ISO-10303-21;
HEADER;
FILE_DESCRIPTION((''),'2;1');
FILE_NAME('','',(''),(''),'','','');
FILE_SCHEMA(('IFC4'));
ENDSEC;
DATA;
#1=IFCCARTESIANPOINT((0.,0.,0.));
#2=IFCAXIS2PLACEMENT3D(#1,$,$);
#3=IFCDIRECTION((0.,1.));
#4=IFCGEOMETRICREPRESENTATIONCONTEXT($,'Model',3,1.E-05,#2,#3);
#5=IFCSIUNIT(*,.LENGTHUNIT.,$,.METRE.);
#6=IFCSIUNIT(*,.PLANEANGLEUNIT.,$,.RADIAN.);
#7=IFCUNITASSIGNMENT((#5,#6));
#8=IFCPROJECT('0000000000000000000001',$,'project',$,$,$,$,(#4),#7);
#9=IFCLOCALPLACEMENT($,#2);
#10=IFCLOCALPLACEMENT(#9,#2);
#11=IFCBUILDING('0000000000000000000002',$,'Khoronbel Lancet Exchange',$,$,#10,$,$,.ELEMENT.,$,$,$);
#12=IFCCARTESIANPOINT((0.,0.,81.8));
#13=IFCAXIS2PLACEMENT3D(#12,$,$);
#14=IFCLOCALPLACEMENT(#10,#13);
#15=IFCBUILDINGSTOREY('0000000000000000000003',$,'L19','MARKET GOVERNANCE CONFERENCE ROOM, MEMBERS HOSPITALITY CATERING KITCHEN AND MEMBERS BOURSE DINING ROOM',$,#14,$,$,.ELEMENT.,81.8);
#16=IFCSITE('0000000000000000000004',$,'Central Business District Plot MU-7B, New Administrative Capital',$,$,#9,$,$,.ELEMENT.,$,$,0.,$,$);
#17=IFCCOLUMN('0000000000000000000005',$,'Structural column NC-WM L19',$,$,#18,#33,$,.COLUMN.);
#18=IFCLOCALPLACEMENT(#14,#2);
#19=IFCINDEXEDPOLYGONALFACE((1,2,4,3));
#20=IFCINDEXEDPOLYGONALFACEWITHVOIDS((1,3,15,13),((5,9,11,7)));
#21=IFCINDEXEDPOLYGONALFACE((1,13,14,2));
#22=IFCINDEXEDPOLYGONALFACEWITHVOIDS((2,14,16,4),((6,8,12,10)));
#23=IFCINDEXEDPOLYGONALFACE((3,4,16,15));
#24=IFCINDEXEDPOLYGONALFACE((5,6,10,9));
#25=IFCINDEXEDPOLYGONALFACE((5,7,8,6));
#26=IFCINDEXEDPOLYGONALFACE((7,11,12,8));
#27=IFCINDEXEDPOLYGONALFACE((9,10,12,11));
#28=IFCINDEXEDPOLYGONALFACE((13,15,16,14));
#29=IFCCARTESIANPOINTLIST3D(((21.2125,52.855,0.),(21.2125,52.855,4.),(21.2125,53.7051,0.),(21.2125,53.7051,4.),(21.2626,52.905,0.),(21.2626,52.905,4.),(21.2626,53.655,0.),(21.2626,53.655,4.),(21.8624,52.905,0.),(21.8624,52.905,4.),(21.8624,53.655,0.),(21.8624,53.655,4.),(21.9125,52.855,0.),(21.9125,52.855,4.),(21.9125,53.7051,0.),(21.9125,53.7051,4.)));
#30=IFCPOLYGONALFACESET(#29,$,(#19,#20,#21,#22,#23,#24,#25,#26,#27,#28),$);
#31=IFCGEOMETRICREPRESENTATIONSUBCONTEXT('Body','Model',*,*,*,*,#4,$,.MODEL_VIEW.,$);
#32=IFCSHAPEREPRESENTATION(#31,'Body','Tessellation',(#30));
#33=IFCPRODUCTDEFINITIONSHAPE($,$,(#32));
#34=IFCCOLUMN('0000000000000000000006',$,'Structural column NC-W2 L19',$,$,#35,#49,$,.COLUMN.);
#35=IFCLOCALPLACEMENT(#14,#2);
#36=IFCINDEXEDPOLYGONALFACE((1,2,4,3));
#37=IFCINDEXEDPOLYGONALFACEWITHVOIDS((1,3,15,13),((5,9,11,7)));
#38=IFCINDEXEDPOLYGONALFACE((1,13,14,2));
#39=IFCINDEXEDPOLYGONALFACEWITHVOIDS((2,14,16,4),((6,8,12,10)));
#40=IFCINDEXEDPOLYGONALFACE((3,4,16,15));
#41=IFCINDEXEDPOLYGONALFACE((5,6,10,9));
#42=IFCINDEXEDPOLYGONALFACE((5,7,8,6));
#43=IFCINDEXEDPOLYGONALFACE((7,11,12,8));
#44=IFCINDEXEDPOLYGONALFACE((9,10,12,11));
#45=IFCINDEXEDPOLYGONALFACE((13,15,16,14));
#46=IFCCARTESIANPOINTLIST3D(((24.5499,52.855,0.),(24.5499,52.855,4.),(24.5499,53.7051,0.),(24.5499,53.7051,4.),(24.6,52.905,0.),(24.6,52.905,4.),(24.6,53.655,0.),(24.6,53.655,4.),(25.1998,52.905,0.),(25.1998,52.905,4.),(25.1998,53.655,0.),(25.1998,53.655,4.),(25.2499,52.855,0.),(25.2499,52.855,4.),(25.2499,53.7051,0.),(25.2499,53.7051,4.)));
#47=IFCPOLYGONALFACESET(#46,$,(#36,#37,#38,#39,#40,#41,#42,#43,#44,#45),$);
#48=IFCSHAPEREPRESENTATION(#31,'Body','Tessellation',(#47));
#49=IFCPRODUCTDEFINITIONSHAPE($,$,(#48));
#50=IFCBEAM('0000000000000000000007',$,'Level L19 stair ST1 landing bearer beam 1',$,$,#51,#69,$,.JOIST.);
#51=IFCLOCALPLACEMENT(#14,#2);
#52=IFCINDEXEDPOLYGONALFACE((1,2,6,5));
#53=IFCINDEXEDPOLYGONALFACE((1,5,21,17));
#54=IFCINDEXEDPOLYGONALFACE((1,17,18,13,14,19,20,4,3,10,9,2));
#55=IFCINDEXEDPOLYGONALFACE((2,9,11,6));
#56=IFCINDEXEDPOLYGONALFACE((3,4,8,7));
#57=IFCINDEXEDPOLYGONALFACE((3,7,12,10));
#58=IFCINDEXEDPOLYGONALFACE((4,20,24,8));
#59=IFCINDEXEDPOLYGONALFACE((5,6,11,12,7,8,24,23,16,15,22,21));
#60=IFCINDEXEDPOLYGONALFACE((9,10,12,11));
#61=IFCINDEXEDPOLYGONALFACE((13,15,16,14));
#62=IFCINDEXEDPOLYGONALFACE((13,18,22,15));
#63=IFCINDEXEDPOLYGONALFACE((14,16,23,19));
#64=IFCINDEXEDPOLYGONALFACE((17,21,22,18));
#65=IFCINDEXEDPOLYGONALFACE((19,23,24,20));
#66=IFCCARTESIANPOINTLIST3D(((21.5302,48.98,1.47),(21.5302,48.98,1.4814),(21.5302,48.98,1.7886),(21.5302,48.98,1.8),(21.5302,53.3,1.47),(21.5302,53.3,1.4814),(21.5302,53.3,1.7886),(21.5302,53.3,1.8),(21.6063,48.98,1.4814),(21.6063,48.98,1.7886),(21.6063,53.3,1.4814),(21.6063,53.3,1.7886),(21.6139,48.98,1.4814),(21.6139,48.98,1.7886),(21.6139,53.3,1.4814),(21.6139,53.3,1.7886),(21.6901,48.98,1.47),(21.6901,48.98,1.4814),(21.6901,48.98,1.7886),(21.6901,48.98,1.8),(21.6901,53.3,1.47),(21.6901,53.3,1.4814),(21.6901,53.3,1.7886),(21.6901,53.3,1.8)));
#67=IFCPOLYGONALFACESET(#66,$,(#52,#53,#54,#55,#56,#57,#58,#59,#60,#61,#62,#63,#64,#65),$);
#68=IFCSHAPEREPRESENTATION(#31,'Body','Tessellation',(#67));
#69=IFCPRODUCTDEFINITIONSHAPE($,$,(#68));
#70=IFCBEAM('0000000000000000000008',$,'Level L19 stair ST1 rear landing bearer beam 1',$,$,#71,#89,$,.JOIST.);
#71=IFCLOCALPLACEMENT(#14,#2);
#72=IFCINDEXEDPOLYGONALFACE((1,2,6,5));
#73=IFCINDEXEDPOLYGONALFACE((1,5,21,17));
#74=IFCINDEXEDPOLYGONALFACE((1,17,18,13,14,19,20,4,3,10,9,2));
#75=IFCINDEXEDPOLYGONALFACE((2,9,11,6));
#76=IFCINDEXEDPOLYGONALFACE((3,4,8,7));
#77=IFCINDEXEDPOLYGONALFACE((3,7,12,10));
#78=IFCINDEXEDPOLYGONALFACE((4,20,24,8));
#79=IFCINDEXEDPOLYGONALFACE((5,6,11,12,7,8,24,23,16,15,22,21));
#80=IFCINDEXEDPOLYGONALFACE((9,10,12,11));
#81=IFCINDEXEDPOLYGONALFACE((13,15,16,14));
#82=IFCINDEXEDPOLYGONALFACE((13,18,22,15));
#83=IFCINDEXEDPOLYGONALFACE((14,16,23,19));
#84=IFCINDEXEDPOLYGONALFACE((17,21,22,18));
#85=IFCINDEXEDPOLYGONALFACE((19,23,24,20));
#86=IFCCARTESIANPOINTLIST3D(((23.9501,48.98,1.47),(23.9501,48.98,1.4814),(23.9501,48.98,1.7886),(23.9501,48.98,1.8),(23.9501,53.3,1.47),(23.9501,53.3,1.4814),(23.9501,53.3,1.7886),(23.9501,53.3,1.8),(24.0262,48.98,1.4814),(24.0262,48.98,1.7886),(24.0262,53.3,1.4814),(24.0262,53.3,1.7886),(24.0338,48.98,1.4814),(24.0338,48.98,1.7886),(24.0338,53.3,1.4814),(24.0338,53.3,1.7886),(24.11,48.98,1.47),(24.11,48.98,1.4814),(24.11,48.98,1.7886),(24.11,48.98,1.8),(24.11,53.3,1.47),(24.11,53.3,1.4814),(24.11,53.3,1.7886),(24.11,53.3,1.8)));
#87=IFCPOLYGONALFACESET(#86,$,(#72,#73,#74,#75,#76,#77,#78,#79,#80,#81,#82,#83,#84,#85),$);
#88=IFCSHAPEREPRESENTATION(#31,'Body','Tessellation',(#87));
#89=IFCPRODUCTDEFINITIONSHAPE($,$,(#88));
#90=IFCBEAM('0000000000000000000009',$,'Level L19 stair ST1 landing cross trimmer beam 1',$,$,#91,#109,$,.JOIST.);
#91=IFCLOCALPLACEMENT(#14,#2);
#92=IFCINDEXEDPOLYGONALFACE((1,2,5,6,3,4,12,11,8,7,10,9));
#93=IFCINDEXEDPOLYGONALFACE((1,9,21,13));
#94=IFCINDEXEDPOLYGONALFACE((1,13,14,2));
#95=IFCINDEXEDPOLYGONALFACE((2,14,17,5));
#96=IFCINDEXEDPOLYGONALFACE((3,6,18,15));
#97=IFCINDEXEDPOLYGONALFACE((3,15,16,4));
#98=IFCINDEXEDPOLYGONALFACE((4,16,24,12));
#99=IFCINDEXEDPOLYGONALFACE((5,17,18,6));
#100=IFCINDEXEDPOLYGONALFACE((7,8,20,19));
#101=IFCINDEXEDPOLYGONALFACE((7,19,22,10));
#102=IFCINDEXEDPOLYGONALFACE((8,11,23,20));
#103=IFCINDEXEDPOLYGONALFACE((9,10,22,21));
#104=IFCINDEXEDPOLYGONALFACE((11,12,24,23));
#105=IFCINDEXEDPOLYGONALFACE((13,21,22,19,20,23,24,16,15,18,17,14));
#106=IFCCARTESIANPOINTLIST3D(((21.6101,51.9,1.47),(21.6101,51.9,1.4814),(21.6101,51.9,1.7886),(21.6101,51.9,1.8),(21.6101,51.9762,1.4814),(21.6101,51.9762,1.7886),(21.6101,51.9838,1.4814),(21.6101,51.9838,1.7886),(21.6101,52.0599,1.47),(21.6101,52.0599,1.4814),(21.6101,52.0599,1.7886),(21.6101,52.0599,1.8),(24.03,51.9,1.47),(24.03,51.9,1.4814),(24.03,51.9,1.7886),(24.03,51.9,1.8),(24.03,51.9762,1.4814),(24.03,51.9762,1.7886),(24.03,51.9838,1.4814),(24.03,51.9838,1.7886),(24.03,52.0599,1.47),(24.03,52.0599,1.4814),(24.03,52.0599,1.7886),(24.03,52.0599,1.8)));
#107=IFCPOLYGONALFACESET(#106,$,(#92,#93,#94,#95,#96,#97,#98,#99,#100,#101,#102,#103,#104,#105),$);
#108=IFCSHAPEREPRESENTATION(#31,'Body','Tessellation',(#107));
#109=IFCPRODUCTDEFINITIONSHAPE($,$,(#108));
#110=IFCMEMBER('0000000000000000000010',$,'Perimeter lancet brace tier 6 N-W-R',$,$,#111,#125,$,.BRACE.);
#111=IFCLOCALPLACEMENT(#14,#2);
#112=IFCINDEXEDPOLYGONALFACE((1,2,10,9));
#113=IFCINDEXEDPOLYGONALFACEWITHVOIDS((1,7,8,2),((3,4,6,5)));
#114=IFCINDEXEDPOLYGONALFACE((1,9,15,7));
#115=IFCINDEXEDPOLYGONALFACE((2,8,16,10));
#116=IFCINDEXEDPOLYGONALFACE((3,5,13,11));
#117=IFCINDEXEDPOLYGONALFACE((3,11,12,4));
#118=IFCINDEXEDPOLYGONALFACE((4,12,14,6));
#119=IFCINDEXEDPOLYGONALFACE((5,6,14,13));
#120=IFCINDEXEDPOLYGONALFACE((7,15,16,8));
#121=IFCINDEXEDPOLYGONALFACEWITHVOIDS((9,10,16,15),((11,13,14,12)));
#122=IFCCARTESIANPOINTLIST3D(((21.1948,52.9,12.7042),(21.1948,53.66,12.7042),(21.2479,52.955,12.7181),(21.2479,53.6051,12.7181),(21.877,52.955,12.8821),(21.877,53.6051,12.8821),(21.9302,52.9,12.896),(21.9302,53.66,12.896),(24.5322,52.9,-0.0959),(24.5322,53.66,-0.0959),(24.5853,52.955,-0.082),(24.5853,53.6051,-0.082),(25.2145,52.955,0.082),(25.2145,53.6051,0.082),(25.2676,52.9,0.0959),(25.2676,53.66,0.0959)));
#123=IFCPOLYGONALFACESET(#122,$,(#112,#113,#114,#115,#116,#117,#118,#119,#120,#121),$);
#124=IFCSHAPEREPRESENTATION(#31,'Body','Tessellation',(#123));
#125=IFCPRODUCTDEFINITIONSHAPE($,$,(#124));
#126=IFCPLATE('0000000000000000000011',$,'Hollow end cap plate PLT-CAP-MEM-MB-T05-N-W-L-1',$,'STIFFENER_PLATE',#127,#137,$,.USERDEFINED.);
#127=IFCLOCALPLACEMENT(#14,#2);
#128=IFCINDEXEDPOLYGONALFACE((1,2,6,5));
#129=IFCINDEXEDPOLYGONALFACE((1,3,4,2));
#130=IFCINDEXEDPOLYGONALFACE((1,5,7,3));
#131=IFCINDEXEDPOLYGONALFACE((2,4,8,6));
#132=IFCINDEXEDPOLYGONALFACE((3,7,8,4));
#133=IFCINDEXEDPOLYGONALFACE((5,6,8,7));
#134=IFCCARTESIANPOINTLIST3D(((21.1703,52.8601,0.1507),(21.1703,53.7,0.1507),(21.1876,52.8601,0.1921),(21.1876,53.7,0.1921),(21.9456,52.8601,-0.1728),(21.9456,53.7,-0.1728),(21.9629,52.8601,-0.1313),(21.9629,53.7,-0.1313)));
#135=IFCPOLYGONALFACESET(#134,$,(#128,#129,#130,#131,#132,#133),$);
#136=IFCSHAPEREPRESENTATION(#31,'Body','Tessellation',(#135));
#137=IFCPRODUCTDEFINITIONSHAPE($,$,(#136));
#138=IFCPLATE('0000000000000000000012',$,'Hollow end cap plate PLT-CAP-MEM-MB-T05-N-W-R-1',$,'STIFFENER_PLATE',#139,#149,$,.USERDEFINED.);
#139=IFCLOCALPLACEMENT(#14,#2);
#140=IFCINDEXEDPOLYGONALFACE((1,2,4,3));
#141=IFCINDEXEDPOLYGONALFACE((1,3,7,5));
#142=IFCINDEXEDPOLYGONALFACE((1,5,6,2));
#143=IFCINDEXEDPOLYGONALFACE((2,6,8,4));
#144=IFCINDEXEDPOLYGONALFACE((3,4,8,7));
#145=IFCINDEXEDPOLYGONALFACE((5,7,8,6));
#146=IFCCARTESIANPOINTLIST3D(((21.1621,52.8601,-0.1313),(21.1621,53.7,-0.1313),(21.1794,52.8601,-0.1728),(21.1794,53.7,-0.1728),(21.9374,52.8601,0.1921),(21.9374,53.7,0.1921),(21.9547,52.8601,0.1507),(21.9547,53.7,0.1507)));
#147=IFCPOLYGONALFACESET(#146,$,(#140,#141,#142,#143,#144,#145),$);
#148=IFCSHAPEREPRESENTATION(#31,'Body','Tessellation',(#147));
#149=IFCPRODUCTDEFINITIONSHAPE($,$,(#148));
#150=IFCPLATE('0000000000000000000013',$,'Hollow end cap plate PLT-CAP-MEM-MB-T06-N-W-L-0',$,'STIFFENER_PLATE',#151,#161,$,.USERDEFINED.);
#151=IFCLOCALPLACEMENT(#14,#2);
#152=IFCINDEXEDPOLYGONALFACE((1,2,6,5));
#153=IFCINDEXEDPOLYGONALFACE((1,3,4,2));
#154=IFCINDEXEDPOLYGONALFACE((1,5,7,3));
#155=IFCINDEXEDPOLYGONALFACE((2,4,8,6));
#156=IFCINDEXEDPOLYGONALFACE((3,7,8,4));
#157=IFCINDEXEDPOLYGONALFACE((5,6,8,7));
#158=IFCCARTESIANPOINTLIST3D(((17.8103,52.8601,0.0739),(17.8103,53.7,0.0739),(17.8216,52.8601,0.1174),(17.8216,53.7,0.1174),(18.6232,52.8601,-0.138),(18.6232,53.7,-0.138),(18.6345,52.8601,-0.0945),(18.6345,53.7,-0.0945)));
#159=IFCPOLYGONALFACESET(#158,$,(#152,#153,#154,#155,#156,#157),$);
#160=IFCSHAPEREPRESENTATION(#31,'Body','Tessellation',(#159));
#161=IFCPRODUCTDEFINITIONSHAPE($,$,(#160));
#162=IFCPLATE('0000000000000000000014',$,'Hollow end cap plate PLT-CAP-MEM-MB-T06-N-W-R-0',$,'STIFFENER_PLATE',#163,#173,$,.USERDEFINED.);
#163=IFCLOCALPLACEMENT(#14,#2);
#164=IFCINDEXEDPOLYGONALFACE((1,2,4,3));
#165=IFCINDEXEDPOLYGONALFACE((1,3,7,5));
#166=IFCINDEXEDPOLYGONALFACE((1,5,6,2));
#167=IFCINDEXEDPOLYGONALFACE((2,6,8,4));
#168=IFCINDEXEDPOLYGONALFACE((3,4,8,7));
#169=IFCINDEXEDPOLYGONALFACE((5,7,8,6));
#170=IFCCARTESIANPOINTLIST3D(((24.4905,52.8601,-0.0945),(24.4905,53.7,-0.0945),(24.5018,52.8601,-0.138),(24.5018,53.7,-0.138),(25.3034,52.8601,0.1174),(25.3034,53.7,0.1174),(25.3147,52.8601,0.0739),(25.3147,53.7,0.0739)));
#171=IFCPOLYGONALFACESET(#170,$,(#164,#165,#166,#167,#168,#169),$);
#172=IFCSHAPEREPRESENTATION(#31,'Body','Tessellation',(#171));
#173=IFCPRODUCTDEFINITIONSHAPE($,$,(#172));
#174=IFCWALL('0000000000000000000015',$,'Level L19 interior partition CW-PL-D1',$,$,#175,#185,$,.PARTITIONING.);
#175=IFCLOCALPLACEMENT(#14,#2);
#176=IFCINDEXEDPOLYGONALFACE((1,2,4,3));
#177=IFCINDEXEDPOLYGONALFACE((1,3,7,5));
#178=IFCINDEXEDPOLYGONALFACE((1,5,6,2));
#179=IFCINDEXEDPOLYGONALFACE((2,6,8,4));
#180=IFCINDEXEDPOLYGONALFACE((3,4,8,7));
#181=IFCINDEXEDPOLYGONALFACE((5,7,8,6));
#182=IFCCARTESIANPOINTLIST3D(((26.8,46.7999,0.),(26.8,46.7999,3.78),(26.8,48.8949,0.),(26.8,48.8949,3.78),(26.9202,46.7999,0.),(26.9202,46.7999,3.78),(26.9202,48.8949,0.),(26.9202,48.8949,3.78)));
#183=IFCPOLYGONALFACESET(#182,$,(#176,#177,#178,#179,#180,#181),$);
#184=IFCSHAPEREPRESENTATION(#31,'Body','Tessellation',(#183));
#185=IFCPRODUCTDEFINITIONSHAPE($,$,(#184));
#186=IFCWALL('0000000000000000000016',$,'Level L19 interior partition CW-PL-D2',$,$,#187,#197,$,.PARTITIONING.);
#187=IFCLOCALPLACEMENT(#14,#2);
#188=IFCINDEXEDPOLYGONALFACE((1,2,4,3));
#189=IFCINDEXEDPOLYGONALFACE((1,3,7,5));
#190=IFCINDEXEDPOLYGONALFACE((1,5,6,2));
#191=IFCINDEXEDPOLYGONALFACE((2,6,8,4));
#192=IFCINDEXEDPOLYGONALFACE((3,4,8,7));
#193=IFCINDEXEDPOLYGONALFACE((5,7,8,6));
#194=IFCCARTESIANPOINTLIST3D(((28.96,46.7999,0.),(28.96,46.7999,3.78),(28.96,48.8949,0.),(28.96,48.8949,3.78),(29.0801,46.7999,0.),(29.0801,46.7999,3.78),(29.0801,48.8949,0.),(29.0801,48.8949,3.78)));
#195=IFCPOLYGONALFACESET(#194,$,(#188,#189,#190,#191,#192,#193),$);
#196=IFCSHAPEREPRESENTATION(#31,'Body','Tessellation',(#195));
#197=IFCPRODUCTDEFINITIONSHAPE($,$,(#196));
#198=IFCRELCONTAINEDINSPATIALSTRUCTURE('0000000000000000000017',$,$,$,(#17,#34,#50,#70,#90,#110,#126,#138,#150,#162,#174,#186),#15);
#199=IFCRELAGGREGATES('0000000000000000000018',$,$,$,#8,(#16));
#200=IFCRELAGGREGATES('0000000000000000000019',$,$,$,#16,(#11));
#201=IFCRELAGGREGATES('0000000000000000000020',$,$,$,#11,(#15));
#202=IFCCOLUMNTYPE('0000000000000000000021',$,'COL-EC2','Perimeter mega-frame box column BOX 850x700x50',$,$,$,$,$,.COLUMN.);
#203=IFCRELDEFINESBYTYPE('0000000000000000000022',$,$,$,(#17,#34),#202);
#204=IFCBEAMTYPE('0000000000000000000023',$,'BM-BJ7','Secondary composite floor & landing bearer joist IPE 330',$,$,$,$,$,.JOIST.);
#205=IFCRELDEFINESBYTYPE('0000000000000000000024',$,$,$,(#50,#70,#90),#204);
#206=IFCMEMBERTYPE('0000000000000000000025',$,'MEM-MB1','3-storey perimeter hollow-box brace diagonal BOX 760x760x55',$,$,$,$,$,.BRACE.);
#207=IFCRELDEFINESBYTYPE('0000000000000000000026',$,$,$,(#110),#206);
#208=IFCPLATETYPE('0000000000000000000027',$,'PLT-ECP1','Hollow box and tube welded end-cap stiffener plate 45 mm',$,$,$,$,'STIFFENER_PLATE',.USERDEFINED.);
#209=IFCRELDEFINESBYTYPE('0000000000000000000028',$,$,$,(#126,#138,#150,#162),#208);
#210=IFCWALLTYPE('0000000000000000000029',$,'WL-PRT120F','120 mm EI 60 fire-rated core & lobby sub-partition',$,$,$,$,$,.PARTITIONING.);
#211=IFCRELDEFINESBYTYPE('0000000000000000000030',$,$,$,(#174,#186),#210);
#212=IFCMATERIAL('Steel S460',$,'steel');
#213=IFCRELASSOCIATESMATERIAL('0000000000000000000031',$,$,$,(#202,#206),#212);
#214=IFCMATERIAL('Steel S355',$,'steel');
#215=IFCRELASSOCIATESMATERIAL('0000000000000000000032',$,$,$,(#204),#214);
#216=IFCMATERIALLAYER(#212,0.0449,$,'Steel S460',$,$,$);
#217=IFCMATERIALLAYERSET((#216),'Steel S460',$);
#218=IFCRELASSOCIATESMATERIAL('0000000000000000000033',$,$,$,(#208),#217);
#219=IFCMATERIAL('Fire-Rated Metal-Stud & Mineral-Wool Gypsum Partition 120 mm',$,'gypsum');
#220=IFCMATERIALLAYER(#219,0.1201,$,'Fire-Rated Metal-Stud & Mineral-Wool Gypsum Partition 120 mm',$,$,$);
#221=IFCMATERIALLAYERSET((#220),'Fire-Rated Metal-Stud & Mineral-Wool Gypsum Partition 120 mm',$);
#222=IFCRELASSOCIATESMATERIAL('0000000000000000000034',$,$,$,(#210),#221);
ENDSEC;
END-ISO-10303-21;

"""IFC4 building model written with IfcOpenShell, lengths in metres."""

from ifc_helpers import new_model, si_unit, direction, frame, frame_2d, origin, origin_2d, place, context, subcontext, project, spatial, polyline, rectangle, hollow_rectangle, i_section, outline, extrude, material, layer, layer_set, material_profile, profile_set, type_object, element, save


model = new_model("IFC4")

# Units and contexts
model_context = context("Model", 3, precision=1e-05, world=origin(), true_north=direction((0.0, 1.0)))
body_context = subcontext(model_context, "Body", "Model", "MODEL_VIEW")
ifc_project = project(units=[si_unit("LENGTHUNIT", "METRE"), si_unit("PLANEANGLEUNIT", "RADIAN")], contexts=[model_context])

# Site, building, storey
site_placement = place(None, origin())
site = spatial("IfcSite", under=ifc_project, at=site_placement, Name="Central Business District Plot MU-7B, New Administrative Capital", CompositionType="ELEMENT", RefElevation=0.0)
building_placement = place(site_placement, origin())
building = spatial("IfcBuilding", under=site, at=building_placement, Name="Khoronbel Lancet Exchange", CompositionType="ELEMENT")
storey_placement = place(building_placement, frame((0.0, 0.0, 81.8)))
storey = spatial("IfcBuildingStorey", under=building, at=storey_placement, Name="L19", Description="MARKET GOVERNANCE CONFERENCE ROOM, MEMBERS HOSPITALITY CATERING KITCHEN AND MEMBERS BOURSE DINING ROOM", CompositionType="ELEMENT", Elevation=81.8)

# Columns
ifc_material_1 = material(Name="Steel S460", Category="steel")
ifc_material_profile_1 = material_profile(ifc_material_1, hollow_rectangle(XDim=0.7, YDim=0.8501, WallThickness=0.05, at=origin_2d()), Name="BOX 850x700x50")
ifc_profile_set_1 = profile_set([ifc_material_profile_1], Name="Steel S460")
column_type = type_object("IfcColumnType", Name="COL-EC2", Description="Perimeter mega-frame box column BOX 850x700x50", PredefinedType="COLUMN", material=ifc_profile_set_1)
for number, where, z_axis, x_axis, name in (
    (1, (21.5625, 53.28, 0.0), (0.0, 0.0, 1.0), (1.0, 0.0, 0.0), "Structural column NC-WM L19"),
    (2, (24.8999, 53.28, 0.0), (0.0, 0.0, 1.0), (1.0, 0.0, 0.0), "Structural column NC-W2 L19"),
):
    element("IfcColumn", number, at=place(storey_placement, frame(where, z_axis=z_axis, x_axis=x_axis)), inside=storey, type_object=column_type, Name=name, PredefinedType="COLUMN", context=body_context, shape_type="SweptSolid", body=[
        extrude(hollow_rectangle(XDim=0.7, YDim=0.8501, WallThickness=0.05, at=origin_2d()), origin(), (0.0, 0.0, 1.0), 4.0),
    ])

# Beams
ifc_material_2 = material(Name="Steel S355", Category="steel")
ifc_material_profile_2 = material_profile(ifc_material_2, i_section(OverallWidth=0.1599, OverallDepth=0.3301, WebThickness=0.0076, FlangeThickness=0.0115, at=origin_2d()), Name="IPE 330")
ifc_profile_set_2 = profile_set([ifc_material_profile_2], Name="Steel S355")
beam_type = type_object("IfcBeamType", Name="BM-BJ7", Description="Secondary composite floor & landing bearer joist IPE 330", PredefinedType="JOIST", material=ifc_profile_set_2)
for number, where, z_axis, x_axis, name in (
    (3, (21.6101, 48.98, 1.635), (0.0, 1.0, 0.0), (-1.0, 0.0, 0.0), "Level L19 stair ST1 landing bearer beam 1"),
    (4, (24.03, 48.98, 1.635), (0.0, 1.0, 0.0), (-1.0, 0.0, 0.0), "Level L19 stair ST1 rear landing bearer beam 1"),
):
    element("IfcBeam", number, at=place(storey_placement, frame(where, z_axis=z_axis, x_axis=x_axis)), inside=storey, type_object=beam_type, Name=name, PredefinedType="JOIST", context=body_context, shape_type="SweptSolid", body=[
        extrude(i_section(OverallWidth=0.1599, OverallDepth=0.3301, WebThickness=0.0076, FlangeThickness=0.0115, at=origin_2d()), origin(), (0.0, 0.0, 1.0), 4.3201),
    ])
beam_placement = place(storey_placement, frame((21.6101, 51.98, 1.635), z_axis=(1.0, 0.0, 0.0), x_axis=(0.0, 1.0, 0.0)))
element("IfcBeam", 5, at=beam_placement, inside=storey, type_object=beam_type, Name="Level L19 stair ST1 landing cross trimmer beam 1", PredefinedType="JOIST", context=body_context, shape_type="SweptSolid", body=[
    extrude(i_section(OverallWidth=0.1599, OverallDepth=0.3301, WebThickness=0.0076, FlangeThickness=0.0115, at=origin_2d()), origin(), (0.0, 0.0, 1.0), 2.4199),
])

# Member
ifc_material_profile_3 = material_profile(ifc_material_1, hollow_rectangle(XDim=0.76, YDim=0.76, WallThickness=0.0549, at=origin_2d()), Name="BOX 760x760x55")
ifc_profile_set_3 = profile_set([ifc_material_profile_3], Name="Steel S460")
member_type = type_object("IfcMemberType", Name="MEM-MB1", Description="3-storey perimeter hollow-box brace diagonal BOX 760x760x55", PredefinedType="BRACE", material=ifc_profile_set_3)
member_placement = place(storey_placement, frame((24.8999, 53.28, 0.0), z_axis=(-0.252299, 0.0, 0.967649), x_axis=(0.0, -1.0, 0.0)))
element("IfcMember", 6, at=member_placement, inside=storey, type_object=member_type, Name="Perimeter lancet brace tier 6 N-W-R", PredefinedType="BRACE", context=body_context, shape_type="SweptSolid", body=[
    extrude(hollow_rectangle(XDim=0.76, YDim=0.76, WallThickness=0.0549, at=origin_2d()), origin(), (0.0, 0.0, 1.0), 13.228),
])

# Plates
ifc_layer_1 = layer(ifc_material_1, 0.0449, Name="Steel S460")
ifc_layer_set_1 = layer_set([ifc_layer_1], Name="Steel S460")
plate_type = type_object("IfcPlateType", Name="PLT-ECP1", Description="Hollow box and tube welded end-cap stiffener plate 45 mm", ElementType="STIFFENER_PLATE", PredefinedType="USERDEFINED", material=ifc_layer_set_1)
for number, where, z_axis, x_axis, name in (
    (7, (21.9629, 52.8601, -0.1313), (0.385028, 0.0, 0.922905), (0.0, 1.0, 0.0), "Hollow end cap plate PLT-CAP-MEM-MB-T05-N-W-L-1"),
    (8, (21.1621, 53.7, -0.1313), (-0.385028, 0.0, 0.922905), (0.0, -1.0, 0.0), "Hollow end cap plate PLT-CAP-MEM-MB-T05-N-W-R-1"),
    (9, (18.6345, 52.8601, -0.0945), (0.252233, 0.0, 0.967667), (0.0, 1.0, 0.0), "Hollow end cap plate PLT-CAP-MEM-MB-T06-N-W-L-0"),
    (10, (24.4905, 53.7, -0.0945), (-0.252233, 0.0, 0.967667), (0.0, -1.0, 0.0), "Hollow end cap plate PLT-CAP-MEM-MB-T06-N-W-R-0"),
):
    element("IfcPlate", number, at=place(storey_placement, frame(where, z_axis=z_axis, x_axis=x_axis)), inside=storey, type_object=plate_type, Name=name, ObjectType="STIFFENER_PLATE", PredefinedType="USERDEFINED", context=body_context, shape_type="SweptSolid", body=[
        extrude(outline(polyline([(0.0, 0.0), (0.8398, 0.0), (0.8398, 0.8401), (0.0, 0.8401), (0.0, 0.0)])), origin(), (0.0, 0.0, -1.0), 0.0449),
    ])

# Walls
ifc_material_3 = material(Name="Fire-Rated Metal-Stud & Mineral-Wool Gypsum Partition 120 mm", Category="gypsum")
ifc_layer_2 = layer(ifc_material_3, 0.1201, Name="Fire-Rated Metal-Stud & Mineral-Wool Gypsum Partition 120 mm")
ifc_layer_set_2 = layer_set([ifc_layer_2], Name="Fire-Rated Metal-Stud & Mineral-Wool Gypsum Partition 120 mm")
wall_type_1 = type_object("IfcWallType", Name="WL-PRT120F", Description="120 mm EI 60 fire-rated core & lobby sub-partition", PredefinedType="PARTITIONING", material=ifc_layer_set_2)
for number, where, z_axis, x_axis, name in (
    (11, (26.8601, 46.8, 0.0), (0.0, 0.0, 1.0), (0.0, 1.0, 0.0), "Level L19 interior partition CW-PL-D1"),
    (12, (29.02, 46.8, 0.0), (0.0, 0.0, 1.0), (0.0, 1.0, 0.0), "Level L19 interior partition CW-PL-D2"),
):
    element("IfcWall", number, at=place(storey_placement, frame(where, z_axis=z_axis, x_axis=x_axis)), inside=storey, type_object=wall_type_1, Name=name, PredefinedType="PARTITIONING", context=body_context, shape_type="SweptSolid", body=[
        extrude(rectangle(XDim=2.095, YDim=0.1201, at=frame_2d((1.0474, 0.0))), origin(), (0.0, 0.0, 1.0), 3.78),
    ])

save(model, "model.ifc")
